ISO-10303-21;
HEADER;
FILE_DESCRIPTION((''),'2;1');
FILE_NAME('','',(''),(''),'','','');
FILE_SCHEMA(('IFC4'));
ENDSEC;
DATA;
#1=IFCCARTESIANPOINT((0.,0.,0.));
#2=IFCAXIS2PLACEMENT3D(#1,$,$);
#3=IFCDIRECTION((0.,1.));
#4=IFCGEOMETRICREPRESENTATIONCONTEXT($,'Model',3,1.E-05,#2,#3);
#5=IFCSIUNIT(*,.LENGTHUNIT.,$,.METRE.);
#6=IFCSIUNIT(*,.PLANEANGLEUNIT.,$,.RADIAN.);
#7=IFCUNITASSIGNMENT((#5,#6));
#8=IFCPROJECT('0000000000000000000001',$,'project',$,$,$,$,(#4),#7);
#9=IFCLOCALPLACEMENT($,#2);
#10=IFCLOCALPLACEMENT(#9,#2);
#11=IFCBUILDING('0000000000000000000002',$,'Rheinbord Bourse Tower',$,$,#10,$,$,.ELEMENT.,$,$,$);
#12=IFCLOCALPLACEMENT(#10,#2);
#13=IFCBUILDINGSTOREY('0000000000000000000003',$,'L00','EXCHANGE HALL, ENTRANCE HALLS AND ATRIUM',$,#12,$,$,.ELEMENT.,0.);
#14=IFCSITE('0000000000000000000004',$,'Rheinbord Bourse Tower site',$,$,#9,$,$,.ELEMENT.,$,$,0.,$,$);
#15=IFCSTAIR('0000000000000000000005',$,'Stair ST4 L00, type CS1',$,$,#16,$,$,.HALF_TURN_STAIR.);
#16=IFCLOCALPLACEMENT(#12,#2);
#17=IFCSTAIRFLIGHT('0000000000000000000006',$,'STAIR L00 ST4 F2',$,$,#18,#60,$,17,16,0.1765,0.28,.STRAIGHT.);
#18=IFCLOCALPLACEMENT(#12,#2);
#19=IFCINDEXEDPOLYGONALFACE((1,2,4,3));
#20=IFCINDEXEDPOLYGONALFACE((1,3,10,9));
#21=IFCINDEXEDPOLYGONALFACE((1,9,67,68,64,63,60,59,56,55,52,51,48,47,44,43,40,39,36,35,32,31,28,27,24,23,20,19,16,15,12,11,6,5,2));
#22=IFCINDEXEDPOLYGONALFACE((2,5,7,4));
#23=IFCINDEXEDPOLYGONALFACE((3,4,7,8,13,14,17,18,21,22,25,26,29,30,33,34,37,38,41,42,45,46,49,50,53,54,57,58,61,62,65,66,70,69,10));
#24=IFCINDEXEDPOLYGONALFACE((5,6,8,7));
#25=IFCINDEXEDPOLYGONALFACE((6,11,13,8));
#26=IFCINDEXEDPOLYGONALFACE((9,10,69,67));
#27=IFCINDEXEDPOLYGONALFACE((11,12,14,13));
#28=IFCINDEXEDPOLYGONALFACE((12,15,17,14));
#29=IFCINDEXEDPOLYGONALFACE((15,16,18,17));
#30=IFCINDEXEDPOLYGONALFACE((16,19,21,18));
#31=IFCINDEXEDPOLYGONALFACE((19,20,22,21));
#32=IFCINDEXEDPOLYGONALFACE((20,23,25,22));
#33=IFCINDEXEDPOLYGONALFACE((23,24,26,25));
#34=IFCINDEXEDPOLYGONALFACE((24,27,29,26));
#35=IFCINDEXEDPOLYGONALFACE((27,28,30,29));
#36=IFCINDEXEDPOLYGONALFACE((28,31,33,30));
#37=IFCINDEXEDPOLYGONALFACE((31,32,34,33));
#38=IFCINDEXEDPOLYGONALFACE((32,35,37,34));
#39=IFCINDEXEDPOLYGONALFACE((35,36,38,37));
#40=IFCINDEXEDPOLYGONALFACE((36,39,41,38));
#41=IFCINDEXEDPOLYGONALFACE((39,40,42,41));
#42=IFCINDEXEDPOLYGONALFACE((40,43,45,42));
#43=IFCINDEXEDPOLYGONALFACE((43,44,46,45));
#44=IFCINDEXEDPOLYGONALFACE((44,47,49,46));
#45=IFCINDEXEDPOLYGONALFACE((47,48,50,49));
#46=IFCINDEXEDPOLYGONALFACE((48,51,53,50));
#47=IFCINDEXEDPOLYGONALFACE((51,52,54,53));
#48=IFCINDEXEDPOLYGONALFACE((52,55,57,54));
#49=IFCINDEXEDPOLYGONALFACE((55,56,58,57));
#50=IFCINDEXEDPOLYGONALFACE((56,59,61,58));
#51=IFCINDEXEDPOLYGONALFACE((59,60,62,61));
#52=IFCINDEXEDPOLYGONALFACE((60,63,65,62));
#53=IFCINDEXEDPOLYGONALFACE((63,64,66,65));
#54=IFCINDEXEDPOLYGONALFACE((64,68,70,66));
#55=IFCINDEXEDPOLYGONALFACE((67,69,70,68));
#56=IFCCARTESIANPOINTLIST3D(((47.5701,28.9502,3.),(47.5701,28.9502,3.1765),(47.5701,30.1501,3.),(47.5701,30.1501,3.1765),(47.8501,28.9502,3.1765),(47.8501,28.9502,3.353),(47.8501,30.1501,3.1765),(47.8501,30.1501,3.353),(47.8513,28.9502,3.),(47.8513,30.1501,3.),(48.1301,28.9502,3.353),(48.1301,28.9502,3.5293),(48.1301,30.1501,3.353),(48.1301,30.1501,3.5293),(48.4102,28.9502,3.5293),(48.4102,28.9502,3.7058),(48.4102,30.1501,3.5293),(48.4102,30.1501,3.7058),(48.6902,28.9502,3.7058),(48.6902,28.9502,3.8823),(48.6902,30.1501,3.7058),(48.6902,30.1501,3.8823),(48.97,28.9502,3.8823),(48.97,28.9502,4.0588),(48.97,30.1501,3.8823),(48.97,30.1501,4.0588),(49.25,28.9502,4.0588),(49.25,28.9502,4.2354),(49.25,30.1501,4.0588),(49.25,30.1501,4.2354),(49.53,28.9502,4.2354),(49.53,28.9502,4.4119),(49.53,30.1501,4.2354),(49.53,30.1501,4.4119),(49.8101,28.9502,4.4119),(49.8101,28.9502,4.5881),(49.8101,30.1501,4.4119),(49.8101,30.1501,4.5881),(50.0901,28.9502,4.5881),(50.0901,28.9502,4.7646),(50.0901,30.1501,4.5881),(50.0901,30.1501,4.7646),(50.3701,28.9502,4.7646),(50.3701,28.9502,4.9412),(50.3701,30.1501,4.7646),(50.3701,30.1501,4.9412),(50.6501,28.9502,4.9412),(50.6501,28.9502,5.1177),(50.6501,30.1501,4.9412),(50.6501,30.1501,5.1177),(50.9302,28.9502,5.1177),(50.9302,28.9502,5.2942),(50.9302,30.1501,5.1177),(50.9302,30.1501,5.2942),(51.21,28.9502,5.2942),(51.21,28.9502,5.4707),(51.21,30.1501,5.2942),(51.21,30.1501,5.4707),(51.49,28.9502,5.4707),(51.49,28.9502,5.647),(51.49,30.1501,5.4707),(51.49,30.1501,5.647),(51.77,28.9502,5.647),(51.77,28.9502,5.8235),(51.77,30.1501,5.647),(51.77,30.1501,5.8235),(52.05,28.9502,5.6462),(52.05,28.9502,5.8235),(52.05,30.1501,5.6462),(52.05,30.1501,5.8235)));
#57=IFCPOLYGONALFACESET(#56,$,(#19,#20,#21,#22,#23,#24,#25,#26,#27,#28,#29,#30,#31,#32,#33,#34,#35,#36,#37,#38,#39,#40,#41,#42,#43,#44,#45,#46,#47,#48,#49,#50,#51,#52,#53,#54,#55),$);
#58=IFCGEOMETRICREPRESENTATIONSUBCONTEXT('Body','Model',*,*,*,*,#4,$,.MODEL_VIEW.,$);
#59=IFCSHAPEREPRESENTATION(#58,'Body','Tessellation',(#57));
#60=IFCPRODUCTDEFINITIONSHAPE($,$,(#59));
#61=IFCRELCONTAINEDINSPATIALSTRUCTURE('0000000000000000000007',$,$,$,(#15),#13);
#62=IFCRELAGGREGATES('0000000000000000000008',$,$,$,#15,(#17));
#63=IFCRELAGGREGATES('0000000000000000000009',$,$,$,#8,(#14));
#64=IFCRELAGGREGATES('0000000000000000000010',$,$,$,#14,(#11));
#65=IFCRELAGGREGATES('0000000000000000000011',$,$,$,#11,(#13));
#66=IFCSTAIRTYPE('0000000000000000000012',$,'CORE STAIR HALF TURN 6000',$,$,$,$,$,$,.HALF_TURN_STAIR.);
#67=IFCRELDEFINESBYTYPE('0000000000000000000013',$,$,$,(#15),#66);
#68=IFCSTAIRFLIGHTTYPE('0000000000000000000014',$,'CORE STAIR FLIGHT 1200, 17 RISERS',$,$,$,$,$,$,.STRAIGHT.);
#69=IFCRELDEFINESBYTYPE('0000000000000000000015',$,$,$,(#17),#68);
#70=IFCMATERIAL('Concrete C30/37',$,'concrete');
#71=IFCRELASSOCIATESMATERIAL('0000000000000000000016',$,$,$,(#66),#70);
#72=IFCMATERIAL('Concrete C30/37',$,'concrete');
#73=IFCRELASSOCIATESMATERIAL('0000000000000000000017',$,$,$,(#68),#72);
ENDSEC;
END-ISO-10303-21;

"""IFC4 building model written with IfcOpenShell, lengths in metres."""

from ifc_helpers import new_model, si_unit, direction, frame, origin, place, context, subcontext, project, spatial, polyline, outline, extrude, material, type_object, element, aggregate, save


model = new_model("IFC4")

# Units and contexts
model_context = context("Model", 3, precision=1e-05, world=origin(), true_north=direction((0.0, 1.0)))
body_context = subcontext(model_context, "Body", "Model", "MODEL_VIEW")
ifc_project = project(units=[si_unit("LENGTHUNIT", "METRE"), si_unit("PLANEANGLEUNIT", "RADIAN")], contexts=[model_context])

# Site, building, storey
site_placement = place(None, origin())
site = spatial("IfcSite", under=ifc_project, at=site_placement, Name="Rheinbord Bourse Tower site", CompositionType="ELEMENT", RefElevation=0.0)
building_placement = place(site_placement, origin())
building = spatial("IfcBuilding", under=site, at=building_placement, Name="Rheinbord Bourse Tower", CompositionType="ELEMENT")
storey_placement = place(building_placement, origin())
storey = spatial("IfcBuildingStorey", under=building, at=storey_placement, Name="L00", Description="EXCHANGE HALL, ENTRANCE HALLS AND ATRIUM", CompositionType="ELEMENT", Elevation=0.0)

# Stair, stair flight
ifc_material_1 = material(Name="Concrete C30/37", Category="concrete")
stair_type = type_object("IfcStairType", Name="CORE STAIR HALF TURN 6000", PredefinedType="HALF_TURN_STAIR", material=ifc_material_1)
stair_placement = place(storey_placement, origin())
stair = element("IfcStair", 1, at=stair_placement, inside=storey, type_object=stair_type, Name="Stair ST4 L00, type CS1", PredefinedType="HALF_TURN_STAIR")
ifc_material_2 = material(Name="Concrete C30/37", Category="concrete")
stair_flight_type = type_object("IfcStairFlightType", Name="CORE STAIR FLIGHT 1200, 17 RISERS", PredefinedType="STRAIGHT", material=ifc_material_2)
stair_flight_1_placement = place(storey_placement, frame((47.5701, 29.55, 3.0), z_axis=(0.0, 0.0, 1.0), x_axis=(1.0, 0.0, 0.0)))
stair_flight_1 = element("IfcStairFlight", 2, at=stair_flight_1_placement, type_object=stair_flight_type, Name="STAIR L00 ST4 F2", NumberOfRisers=17, NumberOfTreads=16, PredefinedType="STRAIGHT", RiserHeight=0.1765, TreadLength=0.28, context=body_context, shape_type="SweptSolid", body=[
    extrude(outline(polyline([(0.0, 0.0), (0.0, 0.1765), (0.28, 0.1765), (0.28, 0.353), (0.5601, 0.353), (0.5601, 0.5293), (0.8401, 0.5293), (0.8401, 0.7058), (1.1201, 0.7058), (1.1201, 0.8823), (1.3999, 0.8823), (1.3999, 1.0588), (1.6799, 1.0588), (1.6799, 1.2354), (1.96, 1.2354), (1.96, 1.4119), (2.24, 1.4119), (2.24, 1.5881), (2.52, 1.5881), (2.52, 1.7646), (2.8, 1.7646), (2.8, 1.9412), (3.0801, 1.9412), (3.0801, 2.1177), (3.3601, 2.1177), (3.3601, 2.2942), (3.6399, 2.2942), (3.6399, 2.4707), (3.9199, 2.4707), (3.9199, 2.647), (4.2, 2.647), (4.2, 2.8235), (4.48, 2.8235), (4.48, 3.0), (4.48, 2.6462), (0.2812, 0.0), (0.0, 0.0)])), frame((0.0, 0.6001, 0.0), z_axis=(0.0, -1.0, 0.0), x_axis=(1.0, 0.0, 0.0)), (0.0, 0.0, 1.0), 1.2),
])
aggregate(stair, [stair_flight_1])

save(model, "model.ifc")
